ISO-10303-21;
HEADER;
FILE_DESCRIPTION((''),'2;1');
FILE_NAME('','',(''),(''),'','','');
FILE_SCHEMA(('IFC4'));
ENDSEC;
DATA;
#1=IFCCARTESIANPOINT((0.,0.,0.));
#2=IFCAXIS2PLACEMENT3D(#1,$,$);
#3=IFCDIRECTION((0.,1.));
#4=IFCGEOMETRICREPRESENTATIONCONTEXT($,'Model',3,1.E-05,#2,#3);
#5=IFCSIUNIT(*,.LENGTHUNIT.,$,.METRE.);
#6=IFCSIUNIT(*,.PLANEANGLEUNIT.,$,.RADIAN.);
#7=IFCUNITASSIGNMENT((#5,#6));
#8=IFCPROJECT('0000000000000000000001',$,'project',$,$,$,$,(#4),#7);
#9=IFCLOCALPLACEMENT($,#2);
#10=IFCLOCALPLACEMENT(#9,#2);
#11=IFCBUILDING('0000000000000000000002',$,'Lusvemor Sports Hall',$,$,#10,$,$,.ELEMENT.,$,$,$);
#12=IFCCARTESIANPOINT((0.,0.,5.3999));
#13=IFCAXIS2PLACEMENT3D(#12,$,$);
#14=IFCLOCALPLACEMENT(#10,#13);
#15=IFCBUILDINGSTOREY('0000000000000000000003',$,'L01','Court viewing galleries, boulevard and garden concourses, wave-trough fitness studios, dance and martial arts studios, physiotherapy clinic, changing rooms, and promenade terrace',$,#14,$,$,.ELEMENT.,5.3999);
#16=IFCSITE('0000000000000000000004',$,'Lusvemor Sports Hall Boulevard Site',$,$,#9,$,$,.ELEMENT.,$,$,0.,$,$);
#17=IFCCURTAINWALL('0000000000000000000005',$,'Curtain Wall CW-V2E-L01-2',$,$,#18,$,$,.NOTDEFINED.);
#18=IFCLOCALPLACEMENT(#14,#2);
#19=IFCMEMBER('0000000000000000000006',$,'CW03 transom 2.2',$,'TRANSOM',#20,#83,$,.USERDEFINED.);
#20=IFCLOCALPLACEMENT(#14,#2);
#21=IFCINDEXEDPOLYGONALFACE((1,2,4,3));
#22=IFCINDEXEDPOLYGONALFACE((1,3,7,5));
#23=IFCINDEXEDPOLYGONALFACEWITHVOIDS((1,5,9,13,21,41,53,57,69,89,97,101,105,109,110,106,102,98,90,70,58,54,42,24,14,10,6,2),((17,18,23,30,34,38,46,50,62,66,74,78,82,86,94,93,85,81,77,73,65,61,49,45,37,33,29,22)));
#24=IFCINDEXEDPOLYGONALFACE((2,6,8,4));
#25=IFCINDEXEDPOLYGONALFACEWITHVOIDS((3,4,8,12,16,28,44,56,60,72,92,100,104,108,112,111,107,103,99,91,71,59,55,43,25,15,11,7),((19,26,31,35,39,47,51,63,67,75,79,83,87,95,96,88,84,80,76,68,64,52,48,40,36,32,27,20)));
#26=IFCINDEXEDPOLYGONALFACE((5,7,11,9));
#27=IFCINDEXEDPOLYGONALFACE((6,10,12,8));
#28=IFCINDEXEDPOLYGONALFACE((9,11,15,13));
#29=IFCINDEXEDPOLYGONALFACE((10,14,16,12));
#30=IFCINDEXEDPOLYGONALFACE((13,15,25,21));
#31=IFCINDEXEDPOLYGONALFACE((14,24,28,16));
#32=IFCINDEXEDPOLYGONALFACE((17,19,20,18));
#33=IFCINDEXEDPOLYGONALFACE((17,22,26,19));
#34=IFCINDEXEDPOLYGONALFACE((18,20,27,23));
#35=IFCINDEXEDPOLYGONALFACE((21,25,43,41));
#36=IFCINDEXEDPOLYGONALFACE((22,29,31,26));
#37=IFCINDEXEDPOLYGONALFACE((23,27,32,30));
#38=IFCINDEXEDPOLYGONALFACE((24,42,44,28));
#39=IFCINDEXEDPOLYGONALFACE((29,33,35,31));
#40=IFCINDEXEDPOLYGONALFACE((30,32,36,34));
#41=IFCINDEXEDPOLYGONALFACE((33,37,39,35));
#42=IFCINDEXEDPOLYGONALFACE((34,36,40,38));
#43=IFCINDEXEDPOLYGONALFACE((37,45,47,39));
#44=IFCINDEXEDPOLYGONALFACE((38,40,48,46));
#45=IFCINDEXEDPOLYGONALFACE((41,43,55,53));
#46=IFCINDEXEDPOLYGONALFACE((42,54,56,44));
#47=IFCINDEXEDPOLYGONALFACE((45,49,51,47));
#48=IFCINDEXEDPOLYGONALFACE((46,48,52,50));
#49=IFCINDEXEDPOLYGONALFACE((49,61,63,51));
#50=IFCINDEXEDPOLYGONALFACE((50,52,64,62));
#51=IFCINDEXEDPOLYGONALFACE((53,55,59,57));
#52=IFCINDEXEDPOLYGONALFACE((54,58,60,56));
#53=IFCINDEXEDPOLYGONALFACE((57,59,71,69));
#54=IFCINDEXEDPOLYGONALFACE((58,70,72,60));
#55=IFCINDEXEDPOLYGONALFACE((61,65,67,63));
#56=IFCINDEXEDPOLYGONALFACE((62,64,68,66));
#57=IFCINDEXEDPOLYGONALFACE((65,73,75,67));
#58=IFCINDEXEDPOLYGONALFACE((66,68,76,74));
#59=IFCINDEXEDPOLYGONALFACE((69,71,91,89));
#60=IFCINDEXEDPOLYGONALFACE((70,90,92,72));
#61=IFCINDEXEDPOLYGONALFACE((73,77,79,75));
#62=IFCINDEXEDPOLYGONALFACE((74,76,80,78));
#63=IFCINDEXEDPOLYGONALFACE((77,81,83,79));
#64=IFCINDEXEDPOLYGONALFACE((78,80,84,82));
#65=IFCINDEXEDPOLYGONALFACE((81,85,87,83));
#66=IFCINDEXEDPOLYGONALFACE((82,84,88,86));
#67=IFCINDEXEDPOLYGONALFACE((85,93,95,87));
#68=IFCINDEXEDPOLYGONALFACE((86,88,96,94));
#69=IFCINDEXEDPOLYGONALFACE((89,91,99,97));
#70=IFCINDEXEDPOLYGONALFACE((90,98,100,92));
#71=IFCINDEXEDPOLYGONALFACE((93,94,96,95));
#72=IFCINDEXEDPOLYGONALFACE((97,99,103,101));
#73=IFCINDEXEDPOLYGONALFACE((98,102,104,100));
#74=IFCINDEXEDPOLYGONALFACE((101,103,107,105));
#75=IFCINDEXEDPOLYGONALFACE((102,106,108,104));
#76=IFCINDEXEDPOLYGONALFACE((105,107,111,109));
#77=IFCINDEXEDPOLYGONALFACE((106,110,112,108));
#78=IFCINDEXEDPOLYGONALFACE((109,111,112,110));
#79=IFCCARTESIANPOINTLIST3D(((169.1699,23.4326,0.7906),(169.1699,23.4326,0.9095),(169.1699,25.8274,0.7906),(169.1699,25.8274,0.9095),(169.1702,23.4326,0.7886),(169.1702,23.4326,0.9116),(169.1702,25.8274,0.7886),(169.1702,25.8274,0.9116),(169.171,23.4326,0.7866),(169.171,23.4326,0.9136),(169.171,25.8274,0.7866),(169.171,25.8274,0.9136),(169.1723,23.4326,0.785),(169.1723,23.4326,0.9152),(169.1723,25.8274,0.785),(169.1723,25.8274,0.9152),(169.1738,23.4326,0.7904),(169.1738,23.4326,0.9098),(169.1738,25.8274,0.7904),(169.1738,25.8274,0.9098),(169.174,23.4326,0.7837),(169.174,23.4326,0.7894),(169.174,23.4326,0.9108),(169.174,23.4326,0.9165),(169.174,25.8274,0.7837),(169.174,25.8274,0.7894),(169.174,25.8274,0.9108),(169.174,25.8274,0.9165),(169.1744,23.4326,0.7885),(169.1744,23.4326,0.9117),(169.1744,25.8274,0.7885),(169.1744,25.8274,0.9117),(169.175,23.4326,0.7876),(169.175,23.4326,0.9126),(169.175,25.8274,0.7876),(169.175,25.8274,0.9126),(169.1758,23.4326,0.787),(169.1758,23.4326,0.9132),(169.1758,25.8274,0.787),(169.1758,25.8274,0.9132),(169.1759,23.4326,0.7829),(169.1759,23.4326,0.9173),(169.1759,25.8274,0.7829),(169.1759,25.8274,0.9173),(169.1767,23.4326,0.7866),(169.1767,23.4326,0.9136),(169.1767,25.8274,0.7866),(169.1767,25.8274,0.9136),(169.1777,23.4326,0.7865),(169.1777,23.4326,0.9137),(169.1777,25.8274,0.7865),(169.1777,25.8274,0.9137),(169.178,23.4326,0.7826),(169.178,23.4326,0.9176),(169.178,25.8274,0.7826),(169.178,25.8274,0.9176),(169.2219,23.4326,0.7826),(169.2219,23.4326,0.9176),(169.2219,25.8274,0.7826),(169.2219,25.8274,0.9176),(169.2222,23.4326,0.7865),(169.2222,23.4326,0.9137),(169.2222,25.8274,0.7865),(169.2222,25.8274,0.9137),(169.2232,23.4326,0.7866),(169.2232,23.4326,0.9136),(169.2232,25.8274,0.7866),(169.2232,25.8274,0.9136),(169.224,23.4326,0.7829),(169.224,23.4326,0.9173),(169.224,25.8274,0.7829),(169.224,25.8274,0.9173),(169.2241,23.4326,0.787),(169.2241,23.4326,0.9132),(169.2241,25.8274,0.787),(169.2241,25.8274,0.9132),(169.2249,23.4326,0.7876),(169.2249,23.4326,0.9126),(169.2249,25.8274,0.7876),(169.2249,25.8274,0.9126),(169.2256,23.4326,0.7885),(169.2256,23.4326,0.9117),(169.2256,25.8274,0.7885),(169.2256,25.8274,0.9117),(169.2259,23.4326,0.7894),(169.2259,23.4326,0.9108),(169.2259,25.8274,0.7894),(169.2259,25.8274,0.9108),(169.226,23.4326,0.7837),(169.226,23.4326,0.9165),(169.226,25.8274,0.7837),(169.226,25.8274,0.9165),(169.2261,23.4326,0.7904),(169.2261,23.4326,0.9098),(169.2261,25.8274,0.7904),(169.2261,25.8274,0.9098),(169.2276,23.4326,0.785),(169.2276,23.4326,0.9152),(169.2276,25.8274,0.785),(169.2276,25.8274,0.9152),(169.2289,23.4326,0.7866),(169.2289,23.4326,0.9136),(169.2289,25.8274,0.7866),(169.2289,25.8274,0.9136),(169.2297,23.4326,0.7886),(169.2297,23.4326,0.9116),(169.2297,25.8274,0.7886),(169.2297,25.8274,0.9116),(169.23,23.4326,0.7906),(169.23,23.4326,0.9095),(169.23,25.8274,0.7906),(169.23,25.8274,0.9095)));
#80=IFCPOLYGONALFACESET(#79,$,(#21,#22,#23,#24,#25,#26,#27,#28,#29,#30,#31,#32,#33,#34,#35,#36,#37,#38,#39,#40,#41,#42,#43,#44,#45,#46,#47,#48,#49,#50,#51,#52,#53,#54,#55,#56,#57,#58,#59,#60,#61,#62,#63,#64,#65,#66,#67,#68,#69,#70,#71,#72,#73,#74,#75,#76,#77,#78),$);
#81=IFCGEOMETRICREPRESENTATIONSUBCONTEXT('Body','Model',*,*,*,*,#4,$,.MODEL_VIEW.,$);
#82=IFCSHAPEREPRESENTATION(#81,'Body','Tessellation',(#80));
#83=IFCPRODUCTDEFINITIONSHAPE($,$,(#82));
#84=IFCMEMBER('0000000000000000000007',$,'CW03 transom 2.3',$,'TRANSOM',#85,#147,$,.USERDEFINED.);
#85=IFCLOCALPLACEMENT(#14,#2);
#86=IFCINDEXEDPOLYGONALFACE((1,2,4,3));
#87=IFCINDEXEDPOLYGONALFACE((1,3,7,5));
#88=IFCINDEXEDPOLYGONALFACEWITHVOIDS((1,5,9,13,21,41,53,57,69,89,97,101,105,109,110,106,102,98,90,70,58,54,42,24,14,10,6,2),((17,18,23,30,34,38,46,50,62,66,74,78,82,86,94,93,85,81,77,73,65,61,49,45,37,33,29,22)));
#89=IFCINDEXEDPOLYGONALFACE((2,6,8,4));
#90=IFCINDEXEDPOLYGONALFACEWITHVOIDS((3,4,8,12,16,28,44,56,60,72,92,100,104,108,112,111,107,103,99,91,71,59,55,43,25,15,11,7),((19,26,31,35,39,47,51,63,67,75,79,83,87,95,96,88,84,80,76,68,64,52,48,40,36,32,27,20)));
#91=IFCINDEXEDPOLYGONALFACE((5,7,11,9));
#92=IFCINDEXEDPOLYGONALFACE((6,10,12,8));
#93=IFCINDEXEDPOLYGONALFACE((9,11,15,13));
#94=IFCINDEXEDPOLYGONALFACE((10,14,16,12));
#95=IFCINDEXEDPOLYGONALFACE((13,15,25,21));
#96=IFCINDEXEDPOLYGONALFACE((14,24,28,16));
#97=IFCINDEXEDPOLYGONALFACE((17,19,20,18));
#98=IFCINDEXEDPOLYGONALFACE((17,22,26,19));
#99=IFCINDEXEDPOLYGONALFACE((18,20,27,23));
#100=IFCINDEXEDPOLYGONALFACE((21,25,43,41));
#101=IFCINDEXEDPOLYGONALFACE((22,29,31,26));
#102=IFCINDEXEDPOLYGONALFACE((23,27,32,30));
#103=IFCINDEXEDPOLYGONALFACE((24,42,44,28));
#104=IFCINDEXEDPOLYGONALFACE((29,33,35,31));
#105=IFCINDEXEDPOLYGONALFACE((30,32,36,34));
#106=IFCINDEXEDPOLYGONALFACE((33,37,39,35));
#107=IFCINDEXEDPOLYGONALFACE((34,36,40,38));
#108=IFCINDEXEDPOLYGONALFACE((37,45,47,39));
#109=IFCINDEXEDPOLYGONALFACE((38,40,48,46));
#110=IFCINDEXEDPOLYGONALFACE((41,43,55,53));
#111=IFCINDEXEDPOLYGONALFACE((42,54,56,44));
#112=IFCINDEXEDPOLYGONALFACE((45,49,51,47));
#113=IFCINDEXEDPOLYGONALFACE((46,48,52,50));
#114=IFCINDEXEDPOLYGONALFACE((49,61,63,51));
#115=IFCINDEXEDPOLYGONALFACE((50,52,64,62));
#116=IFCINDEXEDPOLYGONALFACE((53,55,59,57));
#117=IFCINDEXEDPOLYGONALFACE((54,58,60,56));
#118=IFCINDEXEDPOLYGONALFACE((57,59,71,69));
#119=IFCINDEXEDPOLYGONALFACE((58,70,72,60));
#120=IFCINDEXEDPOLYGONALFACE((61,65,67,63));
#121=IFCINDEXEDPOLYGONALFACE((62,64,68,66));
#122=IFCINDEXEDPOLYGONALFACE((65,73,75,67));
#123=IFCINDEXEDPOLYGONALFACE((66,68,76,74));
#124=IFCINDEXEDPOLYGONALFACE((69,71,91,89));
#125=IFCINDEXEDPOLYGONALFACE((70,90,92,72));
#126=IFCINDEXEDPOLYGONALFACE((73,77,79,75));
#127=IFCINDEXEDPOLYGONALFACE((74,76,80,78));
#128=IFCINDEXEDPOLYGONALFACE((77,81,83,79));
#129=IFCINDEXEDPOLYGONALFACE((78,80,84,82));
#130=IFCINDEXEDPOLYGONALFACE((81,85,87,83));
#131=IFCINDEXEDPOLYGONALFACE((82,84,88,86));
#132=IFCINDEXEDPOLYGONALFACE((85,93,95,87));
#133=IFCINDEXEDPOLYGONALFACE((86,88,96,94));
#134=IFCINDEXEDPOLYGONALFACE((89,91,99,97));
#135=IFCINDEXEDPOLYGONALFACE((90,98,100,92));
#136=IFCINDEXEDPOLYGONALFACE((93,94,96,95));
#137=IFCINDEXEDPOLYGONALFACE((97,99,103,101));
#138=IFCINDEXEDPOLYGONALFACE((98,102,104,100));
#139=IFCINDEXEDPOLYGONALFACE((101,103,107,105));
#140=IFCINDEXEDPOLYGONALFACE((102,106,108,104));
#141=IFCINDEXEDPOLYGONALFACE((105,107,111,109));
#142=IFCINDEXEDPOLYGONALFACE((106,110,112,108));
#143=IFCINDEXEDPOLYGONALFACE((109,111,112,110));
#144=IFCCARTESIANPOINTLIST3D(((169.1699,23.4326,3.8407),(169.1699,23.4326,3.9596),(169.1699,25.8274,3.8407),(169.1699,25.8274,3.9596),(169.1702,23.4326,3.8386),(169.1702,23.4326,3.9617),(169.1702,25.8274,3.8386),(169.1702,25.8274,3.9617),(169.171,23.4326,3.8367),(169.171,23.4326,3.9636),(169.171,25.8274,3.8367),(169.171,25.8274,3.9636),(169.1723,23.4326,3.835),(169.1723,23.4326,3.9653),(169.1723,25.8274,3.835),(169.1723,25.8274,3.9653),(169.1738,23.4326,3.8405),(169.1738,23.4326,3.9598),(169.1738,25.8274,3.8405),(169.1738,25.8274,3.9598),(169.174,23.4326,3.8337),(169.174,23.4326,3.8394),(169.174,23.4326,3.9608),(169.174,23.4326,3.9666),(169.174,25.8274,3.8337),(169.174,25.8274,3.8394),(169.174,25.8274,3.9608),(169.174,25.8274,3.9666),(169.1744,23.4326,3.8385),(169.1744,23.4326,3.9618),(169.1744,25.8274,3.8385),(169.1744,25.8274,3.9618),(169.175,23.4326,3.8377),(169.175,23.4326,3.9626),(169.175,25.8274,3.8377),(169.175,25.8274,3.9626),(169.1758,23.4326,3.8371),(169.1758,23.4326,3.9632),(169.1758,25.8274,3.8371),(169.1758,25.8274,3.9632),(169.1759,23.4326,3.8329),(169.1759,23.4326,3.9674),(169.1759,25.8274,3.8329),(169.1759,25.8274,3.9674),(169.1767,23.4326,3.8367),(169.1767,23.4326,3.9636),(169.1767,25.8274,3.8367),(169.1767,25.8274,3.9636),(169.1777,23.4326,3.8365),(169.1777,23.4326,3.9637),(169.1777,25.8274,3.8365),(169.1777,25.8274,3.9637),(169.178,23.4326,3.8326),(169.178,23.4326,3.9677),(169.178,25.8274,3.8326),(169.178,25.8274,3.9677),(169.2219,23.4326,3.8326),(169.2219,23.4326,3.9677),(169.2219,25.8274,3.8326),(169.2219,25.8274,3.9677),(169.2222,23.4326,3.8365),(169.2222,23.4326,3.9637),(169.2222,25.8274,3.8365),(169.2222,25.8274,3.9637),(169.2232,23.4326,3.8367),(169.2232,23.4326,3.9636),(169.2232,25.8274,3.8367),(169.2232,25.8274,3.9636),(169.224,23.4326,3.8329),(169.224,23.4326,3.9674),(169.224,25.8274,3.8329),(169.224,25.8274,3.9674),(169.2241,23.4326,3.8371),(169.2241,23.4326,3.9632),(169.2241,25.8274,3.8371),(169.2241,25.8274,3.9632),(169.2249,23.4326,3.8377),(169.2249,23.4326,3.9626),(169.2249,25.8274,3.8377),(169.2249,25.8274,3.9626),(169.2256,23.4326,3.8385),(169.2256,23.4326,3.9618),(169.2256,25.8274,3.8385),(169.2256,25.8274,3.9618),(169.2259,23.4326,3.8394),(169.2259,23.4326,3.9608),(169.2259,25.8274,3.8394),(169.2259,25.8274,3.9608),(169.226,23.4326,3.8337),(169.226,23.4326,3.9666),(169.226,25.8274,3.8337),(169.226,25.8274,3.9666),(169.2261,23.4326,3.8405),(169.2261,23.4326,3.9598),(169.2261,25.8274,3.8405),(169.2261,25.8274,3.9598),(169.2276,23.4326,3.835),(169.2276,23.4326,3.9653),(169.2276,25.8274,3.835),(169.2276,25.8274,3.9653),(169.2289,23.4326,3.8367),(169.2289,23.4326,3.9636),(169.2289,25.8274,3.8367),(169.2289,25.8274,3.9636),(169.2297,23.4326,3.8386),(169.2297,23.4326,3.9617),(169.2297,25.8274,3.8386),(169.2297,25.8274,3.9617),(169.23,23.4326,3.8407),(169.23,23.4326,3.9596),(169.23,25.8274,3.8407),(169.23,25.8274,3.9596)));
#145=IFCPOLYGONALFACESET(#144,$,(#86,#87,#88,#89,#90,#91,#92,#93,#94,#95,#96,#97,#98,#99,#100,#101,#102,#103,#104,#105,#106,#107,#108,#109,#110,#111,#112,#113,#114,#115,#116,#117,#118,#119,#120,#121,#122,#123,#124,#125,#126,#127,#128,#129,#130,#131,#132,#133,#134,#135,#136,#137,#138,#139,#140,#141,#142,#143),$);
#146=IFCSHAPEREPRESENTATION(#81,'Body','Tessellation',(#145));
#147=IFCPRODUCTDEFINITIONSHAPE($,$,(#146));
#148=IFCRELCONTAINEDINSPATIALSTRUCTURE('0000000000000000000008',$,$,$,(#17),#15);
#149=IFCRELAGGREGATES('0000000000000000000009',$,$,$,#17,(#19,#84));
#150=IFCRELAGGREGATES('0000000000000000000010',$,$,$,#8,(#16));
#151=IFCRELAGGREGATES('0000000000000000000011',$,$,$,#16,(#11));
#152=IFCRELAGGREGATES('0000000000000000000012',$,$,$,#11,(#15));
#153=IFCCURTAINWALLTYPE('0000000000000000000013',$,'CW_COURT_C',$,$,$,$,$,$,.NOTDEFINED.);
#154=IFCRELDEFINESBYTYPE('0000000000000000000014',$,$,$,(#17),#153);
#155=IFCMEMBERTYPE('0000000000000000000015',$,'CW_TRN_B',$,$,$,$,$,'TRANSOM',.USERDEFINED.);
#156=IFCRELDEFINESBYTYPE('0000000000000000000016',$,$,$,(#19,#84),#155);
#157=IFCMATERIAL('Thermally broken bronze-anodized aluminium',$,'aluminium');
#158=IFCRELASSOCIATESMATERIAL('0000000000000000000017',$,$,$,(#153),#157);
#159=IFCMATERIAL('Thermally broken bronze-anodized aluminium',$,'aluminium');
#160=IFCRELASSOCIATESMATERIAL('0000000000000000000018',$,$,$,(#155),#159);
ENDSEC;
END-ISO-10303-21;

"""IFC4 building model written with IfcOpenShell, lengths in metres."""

from ifc_helpers import new_model, si_unit, direction, frame, origin, origin_2d, place, context, subcontext, project, spatial, hollow_rectangle, extrude, material, material_profile, profile_set, type_object, element, aggregate, save


model = new_model("IFC4")

# Units and contexts
model_context = context("Model", 3, precision=1e-05, world=origin(), true_north=direction((0.0, 1.0)))
body_context = subcontext(model_context, "Body", "Model", "MODEL_VIEW")
ifc_project = project(units=[si_unit("LENGTHUNIT", "METRE"), si_unit("PLANEANGLEUNIT", "RADIAN")], contexts=[model_context])

# Site, building, storey
site_placement = place(None, origin())
site = spatial("IfcSite", under=ifc_project, at=site_placement, Name="Lusvemor Sports Hall Boulevard Site", CompositionType="ELEMENT", RefElevation=0.0)
building_placement = place(site_placement, origin())
building = spatial("IfcBuilding", under=site, at=building_placement, Name="Lusvemor Sports Hall", CompositionType="ELEMENT")
storey_placement = place(building_placement, frame((0.0, 0.0, 5.3999)))
storey = spatial("IfcBuildingStorey", under=building, at=storey_placement, Name="L01", Description="Court viewing galleries, boulevard and garden concourses, wave-trough fitness studios, dance and martial arts studios, physiotherapy clinic, changing rooms, and promenade terrace", CompositionType="ELEMENT", Elevation=5.3999)

# Curtain wall, members
ifc_material_1 = material(Name="Thermally broken bronze-anodized aluminium", Category="aluminium")
curtain_wall_type = type_object("IfcCurtainWallType", Name="CW_COURT_C", PredefinedType="NOTDEFINED", material=ifc_material_1)
curtain_wall_placement = place(storey_placement, origin())
curtain_wall = element("IfcCurtainWall", 1, at=curtain_wall_placement, inside=storey, type_object=curtain_wall_type, Name="Curtain Wall CW-V2E-L01-2", PredefinedType="NOTDEFINED")
ifc_material_2 = material(Name="Thermally broken bronze-anodized aluminium", Category="aluminium")
ifc_material_profile_1 = material_profile(ifc_material_2, hollow_rectangle(XDim=0.0601, YDim=0.135, WallThickness=0.0039, InnerFilletRadius=0.0039, OuterFilletRadius=0.0081, at=origin_2d()), Name="CWTRN135x60x4")
ifc_profile_set_1 = profile_set([ifc_material_profile_1], Name="Thermally broken bronze-anodized aluminium")
member_type_1 = type_object("IfcMemberType", Name="CW_TRN_B", ElementType="TRANSOM", PredefinedType="USERDEFINED", material=ifc_profile_set_1)
member_1_placement = place(storey_placement, frame((169.2, 25.8274, 0.8501), z_axis=(0.0, -1.0, 0.0), x_axis=(1.0, 0.0, 0.0)))
member_1 = element("IfcMember", 2, at=member_1_placement, type_object=member_type_1, Name="CW03 transom 2.2", ObjectType="TRANSOM", PredefinedType="USERDEFINED", context=body_context, shape_type="SweptSolid", body=[
    extrude(hollow_rectangle(XDim=0.0601, YDim=0.135, WallThickness=0.0039, InnerFilletRadius=0.0039, OuterFilletRadius=0.0081, at=origin_2d()), origin(), (0.0, 0.0, 1.0), 2.3948),
])
member_2_placement = place(storey_placement, frame((169.2, 25.8274, 3.9001), z_axis=(0.0, -1.0, 0.0), x_axis=(1.0, 0.0, 0.0)))
member_2 = element("IfcMember", 3, at=member_2_placement, type_object=member_type_1, Name="CW03 transom 2.3", ObjectType="TRANSOM", PredefinedType="USERDEFINED", context=body_context, shape_type="SweptSolid", body=[
    extrude(hollow_rectangle(XDim=0.0601, YDim=0.135, WallThickness=0.0039, InnerFilletRadius=0.0039, OuterFilletRadius=0.0081, at=origin_2d()), origin(), (0.0, 0.0, 1.0), 2.3948),
])
aggregate(curtain_wall, [member_1, member_2])

save(model, "model.ifc")
